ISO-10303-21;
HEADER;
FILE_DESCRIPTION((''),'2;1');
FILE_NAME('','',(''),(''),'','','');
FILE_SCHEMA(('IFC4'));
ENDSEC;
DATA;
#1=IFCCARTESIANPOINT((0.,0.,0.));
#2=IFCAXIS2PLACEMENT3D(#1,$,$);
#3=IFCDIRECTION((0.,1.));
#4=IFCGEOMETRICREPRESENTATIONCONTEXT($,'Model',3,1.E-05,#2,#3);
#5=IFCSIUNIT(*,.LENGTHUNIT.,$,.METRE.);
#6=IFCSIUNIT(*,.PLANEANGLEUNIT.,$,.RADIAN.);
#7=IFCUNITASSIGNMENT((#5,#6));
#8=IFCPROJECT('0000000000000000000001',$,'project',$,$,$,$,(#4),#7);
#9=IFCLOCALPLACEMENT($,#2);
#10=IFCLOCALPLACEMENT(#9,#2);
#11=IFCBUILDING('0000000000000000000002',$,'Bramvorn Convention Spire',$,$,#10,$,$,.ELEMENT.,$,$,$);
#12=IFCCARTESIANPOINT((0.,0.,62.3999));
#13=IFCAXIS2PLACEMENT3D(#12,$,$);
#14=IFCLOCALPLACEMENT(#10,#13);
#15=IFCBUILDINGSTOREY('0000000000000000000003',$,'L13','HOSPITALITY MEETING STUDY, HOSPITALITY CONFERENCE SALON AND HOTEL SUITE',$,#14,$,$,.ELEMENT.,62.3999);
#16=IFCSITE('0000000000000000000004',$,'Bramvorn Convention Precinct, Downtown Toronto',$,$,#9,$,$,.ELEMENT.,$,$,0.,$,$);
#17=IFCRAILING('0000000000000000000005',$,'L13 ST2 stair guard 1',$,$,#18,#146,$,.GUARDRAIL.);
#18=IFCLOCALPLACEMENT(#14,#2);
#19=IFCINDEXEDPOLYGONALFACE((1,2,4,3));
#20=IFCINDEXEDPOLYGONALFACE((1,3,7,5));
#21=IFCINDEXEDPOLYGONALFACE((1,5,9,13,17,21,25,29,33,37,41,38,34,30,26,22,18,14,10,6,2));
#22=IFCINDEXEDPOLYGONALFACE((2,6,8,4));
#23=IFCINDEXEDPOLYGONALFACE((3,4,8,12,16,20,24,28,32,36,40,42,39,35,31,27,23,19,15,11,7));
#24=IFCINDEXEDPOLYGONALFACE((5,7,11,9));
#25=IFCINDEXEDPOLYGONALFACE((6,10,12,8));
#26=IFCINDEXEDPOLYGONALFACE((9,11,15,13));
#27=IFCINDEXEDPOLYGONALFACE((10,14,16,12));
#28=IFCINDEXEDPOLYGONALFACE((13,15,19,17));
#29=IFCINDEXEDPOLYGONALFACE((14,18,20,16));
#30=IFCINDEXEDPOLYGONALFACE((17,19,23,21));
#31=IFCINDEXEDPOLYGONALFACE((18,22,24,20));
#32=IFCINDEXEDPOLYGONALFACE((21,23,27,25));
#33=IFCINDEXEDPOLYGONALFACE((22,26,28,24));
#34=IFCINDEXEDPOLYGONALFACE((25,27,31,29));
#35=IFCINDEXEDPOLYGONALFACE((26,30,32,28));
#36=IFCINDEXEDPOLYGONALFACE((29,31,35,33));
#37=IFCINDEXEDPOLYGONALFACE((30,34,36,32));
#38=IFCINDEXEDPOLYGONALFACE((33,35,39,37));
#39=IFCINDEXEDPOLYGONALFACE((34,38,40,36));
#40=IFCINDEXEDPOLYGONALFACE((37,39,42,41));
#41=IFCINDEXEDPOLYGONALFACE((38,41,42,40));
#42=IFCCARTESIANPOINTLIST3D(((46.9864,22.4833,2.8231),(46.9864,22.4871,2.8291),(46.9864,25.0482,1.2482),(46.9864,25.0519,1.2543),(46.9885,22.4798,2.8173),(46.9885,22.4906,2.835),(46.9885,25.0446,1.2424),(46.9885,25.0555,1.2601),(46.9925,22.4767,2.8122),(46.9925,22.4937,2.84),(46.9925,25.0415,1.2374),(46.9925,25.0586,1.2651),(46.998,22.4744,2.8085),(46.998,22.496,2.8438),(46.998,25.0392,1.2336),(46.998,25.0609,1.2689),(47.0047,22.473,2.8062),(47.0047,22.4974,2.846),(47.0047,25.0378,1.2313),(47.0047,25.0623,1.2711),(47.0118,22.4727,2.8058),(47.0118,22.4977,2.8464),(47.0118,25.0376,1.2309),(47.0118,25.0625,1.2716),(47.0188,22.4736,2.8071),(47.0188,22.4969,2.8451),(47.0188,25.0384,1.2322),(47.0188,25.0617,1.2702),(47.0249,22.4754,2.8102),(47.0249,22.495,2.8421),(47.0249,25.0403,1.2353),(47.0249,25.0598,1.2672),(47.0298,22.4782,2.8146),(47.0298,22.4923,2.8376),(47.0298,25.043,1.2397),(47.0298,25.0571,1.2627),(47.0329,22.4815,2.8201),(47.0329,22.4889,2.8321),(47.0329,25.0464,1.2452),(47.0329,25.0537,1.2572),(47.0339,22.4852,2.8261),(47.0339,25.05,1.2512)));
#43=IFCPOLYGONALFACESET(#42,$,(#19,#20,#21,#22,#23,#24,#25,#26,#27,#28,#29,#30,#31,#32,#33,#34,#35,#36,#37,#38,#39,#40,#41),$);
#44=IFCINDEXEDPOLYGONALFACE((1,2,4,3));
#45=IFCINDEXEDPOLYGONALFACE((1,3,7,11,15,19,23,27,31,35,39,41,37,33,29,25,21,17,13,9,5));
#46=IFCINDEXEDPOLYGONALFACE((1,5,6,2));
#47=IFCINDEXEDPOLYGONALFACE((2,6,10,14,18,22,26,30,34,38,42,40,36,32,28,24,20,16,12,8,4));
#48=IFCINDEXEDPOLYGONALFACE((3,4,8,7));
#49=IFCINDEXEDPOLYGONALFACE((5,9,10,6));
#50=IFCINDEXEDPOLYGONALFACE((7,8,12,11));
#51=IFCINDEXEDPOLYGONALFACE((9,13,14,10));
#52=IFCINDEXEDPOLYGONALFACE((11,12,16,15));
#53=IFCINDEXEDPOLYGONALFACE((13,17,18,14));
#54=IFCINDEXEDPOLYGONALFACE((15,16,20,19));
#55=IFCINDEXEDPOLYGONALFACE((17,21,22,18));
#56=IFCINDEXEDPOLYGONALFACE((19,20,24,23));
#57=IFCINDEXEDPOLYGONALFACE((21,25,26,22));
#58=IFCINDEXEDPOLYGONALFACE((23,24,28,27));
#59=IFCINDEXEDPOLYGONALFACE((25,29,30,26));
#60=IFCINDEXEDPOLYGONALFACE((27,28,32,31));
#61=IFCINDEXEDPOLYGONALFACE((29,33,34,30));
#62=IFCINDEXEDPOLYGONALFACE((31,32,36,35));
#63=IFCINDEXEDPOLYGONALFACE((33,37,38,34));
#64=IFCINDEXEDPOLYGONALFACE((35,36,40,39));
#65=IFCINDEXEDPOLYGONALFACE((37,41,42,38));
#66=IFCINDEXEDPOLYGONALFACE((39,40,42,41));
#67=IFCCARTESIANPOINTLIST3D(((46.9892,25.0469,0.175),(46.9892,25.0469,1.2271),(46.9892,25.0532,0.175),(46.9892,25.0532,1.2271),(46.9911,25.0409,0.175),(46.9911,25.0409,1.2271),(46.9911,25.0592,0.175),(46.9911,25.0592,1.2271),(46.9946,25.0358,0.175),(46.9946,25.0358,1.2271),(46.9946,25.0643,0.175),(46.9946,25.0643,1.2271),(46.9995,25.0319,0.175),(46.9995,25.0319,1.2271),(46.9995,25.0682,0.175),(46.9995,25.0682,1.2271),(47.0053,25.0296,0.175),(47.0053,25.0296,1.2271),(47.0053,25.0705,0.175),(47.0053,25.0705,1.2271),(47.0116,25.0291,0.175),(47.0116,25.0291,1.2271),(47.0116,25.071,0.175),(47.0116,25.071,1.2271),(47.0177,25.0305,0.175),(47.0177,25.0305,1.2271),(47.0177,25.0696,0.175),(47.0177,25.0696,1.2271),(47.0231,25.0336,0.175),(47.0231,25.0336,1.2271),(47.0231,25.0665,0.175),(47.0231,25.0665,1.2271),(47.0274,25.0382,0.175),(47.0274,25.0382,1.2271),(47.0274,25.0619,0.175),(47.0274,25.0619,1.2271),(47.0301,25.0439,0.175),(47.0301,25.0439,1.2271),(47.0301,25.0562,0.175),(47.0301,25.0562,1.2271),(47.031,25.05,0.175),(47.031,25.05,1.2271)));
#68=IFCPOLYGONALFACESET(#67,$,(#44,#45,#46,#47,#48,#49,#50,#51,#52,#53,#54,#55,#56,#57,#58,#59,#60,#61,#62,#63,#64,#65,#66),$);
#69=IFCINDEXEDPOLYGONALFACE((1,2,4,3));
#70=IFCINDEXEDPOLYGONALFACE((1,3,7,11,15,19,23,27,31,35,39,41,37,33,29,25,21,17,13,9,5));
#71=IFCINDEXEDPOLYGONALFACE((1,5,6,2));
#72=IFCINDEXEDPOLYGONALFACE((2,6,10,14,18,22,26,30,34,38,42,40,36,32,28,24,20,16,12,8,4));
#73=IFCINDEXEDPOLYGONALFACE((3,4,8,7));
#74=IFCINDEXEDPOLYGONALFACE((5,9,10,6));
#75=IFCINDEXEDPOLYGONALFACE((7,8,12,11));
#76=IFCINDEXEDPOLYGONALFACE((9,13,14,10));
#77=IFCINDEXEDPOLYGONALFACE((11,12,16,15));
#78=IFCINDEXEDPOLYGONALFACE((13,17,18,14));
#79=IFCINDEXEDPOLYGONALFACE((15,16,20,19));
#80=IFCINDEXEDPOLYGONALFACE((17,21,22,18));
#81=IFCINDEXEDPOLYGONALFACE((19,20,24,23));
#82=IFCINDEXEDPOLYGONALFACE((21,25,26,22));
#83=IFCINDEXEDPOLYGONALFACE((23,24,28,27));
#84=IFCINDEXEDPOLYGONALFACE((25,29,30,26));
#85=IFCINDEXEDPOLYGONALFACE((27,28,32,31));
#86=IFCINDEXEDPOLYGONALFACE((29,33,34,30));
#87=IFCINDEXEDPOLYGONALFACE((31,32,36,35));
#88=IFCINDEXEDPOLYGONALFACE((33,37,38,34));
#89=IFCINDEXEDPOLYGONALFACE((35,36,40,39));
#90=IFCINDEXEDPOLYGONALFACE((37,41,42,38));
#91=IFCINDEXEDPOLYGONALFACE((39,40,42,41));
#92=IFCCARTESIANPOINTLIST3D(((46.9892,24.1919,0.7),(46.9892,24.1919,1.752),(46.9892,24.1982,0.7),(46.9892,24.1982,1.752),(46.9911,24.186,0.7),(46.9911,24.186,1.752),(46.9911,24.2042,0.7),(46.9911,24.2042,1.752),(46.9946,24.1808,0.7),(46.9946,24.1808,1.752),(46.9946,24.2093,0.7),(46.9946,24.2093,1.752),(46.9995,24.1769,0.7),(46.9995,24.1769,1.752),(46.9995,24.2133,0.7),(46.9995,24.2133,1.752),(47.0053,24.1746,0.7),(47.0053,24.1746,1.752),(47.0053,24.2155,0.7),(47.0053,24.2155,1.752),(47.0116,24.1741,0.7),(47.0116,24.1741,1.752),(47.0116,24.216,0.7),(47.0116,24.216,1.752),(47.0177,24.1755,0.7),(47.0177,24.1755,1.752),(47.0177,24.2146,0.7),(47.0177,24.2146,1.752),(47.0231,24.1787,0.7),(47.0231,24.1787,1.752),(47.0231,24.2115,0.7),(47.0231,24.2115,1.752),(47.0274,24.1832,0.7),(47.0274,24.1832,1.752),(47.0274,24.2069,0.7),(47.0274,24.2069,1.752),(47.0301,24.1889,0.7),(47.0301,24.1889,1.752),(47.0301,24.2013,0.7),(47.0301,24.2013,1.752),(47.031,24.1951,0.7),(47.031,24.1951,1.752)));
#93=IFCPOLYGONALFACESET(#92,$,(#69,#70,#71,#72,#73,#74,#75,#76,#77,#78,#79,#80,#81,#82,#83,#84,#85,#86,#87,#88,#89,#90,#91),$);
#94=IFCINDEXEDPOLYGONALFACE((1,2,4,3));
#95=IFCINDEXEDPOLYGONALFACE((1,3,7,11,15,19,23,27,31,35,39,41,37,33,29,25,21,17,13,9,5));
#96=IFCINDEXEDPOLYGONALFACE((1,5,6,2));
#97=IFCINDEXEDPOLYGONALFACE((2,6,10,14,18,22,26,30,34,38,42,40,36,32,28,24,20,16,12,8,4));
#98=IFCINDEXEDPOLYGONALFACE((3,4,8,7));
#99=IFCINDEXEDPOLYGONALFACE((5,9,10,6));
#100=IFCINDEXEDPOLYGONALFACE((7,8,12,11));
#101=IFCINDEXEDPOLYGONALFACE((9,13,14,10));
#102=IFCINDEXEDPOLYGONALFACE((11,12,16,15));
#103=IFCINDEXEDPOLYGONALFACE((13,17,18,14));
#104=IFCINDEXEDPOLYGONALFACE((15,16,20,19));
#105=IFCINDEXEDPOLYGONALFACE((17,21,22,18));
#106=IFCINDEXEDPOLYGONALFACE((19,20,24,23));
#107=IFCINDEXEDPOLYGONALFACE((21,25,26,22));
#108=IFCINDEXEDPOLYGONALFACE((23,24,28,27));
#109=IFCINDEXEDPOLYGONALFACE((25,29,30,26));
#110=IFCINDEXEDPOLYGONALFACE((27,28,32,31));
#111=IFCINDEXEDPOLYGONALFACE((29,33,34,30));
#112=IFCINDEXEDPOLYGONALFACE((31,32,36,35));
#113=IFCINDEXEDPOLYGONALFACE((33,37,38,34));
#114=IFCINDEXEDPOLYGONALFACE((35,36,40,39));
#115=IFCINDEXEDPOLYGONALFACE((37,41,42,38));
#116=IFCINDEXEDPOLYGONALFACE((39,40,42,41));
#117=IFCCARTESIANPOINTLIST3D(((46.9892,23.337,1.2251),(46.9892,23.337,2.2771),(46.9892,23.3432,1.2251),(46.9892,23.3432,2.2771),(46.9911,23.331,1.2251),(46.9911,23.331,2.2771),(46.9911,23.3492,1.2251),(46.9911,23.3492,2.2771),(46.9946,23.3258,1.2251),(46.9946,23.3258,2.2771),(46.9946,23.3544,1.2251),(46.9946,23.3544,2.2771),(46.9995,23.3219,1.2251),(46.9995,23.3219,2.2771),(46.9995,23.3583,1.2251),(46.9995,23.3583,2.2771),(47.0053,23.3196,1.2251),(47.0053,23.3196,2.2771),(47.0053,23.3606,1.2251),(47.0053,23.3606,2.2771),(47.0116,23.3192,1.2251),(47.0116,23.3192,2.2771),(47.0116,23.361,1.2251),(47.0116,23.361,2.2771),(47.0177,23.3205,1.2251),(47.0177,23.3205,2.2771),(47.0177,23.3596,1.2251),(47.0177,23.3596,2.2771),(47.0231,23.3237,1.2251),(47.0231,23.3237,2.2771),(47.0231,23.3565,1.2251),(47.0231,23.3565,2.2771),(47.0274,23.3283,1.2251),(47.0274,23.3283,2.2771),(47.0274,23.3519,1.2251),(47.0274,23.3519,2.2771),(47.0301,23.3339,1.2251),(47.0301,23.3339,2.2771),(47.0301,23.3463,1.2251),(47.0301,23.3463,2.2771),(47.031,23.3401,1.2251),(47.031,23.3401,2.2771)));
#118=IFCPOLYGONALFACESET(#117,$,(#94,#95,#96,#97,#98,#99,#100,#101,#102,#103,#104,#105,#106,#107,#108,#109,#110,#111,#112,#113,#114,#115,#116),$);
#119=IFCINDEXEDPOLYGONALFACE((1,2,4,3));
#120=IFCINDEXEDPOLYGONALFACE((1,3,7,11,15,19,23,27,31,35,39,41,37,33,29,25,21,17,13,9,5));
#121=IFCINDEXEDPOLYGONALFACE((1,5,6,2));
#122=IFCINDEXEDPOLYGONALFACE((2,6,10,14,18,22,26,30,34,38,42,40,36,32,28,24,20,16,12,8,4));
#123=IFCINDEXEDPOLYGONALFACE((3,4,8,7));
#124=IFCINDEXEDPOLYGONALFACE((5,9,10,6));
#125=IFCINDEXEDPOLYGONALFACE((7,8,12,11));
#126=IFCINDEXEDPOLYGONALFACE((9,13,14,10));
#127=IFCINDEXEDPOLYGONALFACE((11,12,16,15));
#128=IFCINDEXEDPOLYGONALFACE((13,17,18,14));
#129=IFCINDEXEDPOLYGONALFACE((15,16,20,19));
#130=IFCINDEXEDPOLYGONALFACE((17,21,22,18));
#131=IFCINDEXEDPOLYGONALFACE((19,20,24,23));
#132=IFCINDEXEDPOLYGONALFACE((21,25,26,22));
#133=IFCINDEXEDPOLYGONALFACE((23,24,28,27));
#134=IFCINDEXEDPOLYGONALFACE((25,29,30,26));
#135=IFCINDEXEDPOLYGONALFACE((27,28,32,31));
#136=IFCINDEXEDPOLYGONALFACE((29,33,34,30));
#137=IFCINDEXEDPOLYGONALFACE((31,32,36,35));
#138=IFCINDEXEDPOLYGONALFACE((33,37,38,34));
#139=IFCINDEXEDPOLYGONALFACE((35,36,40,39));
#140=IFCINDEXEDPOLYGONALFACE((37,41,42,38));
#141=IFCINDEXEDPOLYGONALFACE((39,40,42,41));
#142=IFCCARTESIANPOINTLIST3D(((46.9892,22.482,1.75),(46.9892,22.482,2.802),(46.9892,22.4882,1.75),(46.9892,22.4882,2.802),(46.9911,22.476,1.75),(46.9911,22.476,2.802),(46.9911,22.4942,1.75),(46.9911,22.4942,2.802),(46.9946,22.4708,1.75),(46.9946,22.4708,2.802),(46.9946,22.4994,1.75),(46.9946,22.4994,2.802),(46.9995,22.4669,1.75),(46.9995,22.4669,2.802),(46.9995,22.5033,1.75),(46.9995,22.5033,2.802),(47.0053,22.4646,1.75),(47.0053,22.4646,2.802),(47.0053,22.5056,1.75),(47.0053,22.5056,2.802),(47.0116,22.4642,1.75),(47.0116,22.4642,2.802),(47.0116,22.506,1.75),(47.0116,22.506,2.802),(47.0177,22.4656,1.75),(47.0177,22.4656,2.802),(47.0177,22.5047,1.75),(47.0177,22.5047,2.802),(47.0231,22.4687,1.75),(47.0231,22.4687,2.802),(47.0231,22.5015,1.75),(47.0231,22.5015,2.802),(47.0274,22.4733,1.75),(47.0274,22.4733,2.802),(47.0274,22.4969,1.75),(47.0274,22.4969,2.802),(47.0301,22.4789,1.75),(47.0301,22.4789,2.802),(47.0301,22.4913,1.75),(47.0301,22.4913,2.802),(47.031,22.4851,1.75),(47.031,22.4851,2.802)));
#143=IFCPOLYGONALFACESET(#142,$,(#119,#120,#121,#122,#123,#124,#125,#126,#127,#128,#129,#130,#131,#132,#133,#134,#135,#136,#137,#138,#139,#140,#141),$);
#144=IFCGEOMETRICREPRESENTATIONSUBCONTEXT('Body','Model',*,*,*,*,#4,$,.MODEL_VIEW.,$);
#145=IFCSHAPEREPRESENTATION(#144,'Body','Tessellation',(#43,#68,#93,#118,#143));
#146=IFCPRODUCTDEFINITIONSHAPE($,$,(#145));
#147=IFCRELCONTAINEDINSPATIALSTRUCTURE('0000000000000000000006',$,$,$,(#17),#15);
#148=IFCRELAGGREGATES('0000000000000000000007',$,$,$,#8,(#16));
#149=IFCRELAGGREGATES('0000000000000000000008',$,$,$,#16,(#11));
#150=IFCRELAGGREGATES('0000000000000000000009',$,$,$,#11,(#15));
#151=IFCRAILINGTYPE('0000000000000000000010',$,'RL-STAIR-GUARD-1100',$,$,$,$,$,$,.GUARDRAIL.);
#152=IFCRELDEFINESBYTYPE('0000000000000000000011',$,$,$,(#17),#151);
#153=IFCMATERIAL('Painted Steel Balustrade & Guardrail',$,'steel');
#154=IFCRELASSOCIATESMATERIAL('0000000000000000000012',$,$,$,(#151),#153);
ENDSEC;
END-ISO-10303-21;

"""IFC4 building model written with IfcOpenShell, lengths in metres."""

from ifc_helpers import new_model, si_unit, direction, frame, origin, origin_2d, place, context, subcontext, project, spatial, circle, extrude, material, type_object, element, save


model = new_model("IFC4")

# Units and contexts
model_context = context("Model", 3, precision=1e-05, world=origin(), true_north=direction((0.0, 1.0)))
body_context = subcontext(model_context, "Body", "Model", "MODEL_VIEW")
ifc_project = project(units=[si_unit("LENGTHUNIT", "METRE"), si_unit("PLANEANGLEUNIT", "RADIAN")], contexts=[model_context])

# Site, building, storey
site_placement = place(None, origin())
site = spatial("IfcSite", under=ifc_project, at=site_placement, Name="Bramvorn Convention Precinct, Downtown Toronto", CompositionType="ELEMENT", RefElevation=0.0)
building_placement = place(site_placement, origin())
building = spatial("IfcBuilding", under=site, at=building_placement, Name="Bramvorn Convention Spire", CompositionType="ELEMENT")
storey_placement = place(building_placement, frame((0.0, 0.0, 62.3999)))
storey = spatial("IfcBuildingStorey", under=building, at=storey_placement, Name="L13", Description="HOSPITALITY MEETING STUDY, HOSPITALITY CONFERENCE SALON AND HOTEL SUITE", CompositionType="ELEMENT", Elevation=62.3999)

# Railing
ifc_material_1 = material(Name="Painted Steel Balustrade & Guardrail", Category="steel")
railing_type_1 = type_object("IfcRailingType", Name="RL-STAIR-GUARD-1100", PredefinedType="GUARDRAIL", material=ifc_material_1)
railing_1_placement = place(storey_placement, frame((47.01, 25.05, 0.175)))
element("IfcRailing", 1, at=railing_1_placement, inside=storey, type_object=railing_type_1, Name="L13 ST2 stair guard 1", PredefinedType="GUARDRAIL", context=body_context, shape_type="SweptSolid", body=[
    extrude(circle(Radius=0.0239, at=origin_2d()), frame((0.0, 0.0, 1.0762), z_axis=(0.0, -0.852173, 0.52326), x_axis=(1.0, 0.0, 0.0)), (0.0, 0.0, 1.0), 3.0098),
    extrude(circle(Radius=0.021, at=origin_2d()), origin(), (0.0, 0.0, 1.0), 1.052),
    extrude(circle(Radius=0.021, at=origin_2d()), frame((0.0, -0.855, 0.5249)), (0.0, 0.0, 1.0), 1.052),
    extrude(circle(Radius=0.021, at=origin_2d()), frame((0.0, -1.71, 1.05)), (0.0, 0.0, 1.0), 1.052),
    extrude(circle(Radius=0.021, at=origin_2d()), frame((0.0, -2.5649, 1.575)), (0.0, 0.0, 1.0), 1.052),
])

save(model, "model.ifc")
